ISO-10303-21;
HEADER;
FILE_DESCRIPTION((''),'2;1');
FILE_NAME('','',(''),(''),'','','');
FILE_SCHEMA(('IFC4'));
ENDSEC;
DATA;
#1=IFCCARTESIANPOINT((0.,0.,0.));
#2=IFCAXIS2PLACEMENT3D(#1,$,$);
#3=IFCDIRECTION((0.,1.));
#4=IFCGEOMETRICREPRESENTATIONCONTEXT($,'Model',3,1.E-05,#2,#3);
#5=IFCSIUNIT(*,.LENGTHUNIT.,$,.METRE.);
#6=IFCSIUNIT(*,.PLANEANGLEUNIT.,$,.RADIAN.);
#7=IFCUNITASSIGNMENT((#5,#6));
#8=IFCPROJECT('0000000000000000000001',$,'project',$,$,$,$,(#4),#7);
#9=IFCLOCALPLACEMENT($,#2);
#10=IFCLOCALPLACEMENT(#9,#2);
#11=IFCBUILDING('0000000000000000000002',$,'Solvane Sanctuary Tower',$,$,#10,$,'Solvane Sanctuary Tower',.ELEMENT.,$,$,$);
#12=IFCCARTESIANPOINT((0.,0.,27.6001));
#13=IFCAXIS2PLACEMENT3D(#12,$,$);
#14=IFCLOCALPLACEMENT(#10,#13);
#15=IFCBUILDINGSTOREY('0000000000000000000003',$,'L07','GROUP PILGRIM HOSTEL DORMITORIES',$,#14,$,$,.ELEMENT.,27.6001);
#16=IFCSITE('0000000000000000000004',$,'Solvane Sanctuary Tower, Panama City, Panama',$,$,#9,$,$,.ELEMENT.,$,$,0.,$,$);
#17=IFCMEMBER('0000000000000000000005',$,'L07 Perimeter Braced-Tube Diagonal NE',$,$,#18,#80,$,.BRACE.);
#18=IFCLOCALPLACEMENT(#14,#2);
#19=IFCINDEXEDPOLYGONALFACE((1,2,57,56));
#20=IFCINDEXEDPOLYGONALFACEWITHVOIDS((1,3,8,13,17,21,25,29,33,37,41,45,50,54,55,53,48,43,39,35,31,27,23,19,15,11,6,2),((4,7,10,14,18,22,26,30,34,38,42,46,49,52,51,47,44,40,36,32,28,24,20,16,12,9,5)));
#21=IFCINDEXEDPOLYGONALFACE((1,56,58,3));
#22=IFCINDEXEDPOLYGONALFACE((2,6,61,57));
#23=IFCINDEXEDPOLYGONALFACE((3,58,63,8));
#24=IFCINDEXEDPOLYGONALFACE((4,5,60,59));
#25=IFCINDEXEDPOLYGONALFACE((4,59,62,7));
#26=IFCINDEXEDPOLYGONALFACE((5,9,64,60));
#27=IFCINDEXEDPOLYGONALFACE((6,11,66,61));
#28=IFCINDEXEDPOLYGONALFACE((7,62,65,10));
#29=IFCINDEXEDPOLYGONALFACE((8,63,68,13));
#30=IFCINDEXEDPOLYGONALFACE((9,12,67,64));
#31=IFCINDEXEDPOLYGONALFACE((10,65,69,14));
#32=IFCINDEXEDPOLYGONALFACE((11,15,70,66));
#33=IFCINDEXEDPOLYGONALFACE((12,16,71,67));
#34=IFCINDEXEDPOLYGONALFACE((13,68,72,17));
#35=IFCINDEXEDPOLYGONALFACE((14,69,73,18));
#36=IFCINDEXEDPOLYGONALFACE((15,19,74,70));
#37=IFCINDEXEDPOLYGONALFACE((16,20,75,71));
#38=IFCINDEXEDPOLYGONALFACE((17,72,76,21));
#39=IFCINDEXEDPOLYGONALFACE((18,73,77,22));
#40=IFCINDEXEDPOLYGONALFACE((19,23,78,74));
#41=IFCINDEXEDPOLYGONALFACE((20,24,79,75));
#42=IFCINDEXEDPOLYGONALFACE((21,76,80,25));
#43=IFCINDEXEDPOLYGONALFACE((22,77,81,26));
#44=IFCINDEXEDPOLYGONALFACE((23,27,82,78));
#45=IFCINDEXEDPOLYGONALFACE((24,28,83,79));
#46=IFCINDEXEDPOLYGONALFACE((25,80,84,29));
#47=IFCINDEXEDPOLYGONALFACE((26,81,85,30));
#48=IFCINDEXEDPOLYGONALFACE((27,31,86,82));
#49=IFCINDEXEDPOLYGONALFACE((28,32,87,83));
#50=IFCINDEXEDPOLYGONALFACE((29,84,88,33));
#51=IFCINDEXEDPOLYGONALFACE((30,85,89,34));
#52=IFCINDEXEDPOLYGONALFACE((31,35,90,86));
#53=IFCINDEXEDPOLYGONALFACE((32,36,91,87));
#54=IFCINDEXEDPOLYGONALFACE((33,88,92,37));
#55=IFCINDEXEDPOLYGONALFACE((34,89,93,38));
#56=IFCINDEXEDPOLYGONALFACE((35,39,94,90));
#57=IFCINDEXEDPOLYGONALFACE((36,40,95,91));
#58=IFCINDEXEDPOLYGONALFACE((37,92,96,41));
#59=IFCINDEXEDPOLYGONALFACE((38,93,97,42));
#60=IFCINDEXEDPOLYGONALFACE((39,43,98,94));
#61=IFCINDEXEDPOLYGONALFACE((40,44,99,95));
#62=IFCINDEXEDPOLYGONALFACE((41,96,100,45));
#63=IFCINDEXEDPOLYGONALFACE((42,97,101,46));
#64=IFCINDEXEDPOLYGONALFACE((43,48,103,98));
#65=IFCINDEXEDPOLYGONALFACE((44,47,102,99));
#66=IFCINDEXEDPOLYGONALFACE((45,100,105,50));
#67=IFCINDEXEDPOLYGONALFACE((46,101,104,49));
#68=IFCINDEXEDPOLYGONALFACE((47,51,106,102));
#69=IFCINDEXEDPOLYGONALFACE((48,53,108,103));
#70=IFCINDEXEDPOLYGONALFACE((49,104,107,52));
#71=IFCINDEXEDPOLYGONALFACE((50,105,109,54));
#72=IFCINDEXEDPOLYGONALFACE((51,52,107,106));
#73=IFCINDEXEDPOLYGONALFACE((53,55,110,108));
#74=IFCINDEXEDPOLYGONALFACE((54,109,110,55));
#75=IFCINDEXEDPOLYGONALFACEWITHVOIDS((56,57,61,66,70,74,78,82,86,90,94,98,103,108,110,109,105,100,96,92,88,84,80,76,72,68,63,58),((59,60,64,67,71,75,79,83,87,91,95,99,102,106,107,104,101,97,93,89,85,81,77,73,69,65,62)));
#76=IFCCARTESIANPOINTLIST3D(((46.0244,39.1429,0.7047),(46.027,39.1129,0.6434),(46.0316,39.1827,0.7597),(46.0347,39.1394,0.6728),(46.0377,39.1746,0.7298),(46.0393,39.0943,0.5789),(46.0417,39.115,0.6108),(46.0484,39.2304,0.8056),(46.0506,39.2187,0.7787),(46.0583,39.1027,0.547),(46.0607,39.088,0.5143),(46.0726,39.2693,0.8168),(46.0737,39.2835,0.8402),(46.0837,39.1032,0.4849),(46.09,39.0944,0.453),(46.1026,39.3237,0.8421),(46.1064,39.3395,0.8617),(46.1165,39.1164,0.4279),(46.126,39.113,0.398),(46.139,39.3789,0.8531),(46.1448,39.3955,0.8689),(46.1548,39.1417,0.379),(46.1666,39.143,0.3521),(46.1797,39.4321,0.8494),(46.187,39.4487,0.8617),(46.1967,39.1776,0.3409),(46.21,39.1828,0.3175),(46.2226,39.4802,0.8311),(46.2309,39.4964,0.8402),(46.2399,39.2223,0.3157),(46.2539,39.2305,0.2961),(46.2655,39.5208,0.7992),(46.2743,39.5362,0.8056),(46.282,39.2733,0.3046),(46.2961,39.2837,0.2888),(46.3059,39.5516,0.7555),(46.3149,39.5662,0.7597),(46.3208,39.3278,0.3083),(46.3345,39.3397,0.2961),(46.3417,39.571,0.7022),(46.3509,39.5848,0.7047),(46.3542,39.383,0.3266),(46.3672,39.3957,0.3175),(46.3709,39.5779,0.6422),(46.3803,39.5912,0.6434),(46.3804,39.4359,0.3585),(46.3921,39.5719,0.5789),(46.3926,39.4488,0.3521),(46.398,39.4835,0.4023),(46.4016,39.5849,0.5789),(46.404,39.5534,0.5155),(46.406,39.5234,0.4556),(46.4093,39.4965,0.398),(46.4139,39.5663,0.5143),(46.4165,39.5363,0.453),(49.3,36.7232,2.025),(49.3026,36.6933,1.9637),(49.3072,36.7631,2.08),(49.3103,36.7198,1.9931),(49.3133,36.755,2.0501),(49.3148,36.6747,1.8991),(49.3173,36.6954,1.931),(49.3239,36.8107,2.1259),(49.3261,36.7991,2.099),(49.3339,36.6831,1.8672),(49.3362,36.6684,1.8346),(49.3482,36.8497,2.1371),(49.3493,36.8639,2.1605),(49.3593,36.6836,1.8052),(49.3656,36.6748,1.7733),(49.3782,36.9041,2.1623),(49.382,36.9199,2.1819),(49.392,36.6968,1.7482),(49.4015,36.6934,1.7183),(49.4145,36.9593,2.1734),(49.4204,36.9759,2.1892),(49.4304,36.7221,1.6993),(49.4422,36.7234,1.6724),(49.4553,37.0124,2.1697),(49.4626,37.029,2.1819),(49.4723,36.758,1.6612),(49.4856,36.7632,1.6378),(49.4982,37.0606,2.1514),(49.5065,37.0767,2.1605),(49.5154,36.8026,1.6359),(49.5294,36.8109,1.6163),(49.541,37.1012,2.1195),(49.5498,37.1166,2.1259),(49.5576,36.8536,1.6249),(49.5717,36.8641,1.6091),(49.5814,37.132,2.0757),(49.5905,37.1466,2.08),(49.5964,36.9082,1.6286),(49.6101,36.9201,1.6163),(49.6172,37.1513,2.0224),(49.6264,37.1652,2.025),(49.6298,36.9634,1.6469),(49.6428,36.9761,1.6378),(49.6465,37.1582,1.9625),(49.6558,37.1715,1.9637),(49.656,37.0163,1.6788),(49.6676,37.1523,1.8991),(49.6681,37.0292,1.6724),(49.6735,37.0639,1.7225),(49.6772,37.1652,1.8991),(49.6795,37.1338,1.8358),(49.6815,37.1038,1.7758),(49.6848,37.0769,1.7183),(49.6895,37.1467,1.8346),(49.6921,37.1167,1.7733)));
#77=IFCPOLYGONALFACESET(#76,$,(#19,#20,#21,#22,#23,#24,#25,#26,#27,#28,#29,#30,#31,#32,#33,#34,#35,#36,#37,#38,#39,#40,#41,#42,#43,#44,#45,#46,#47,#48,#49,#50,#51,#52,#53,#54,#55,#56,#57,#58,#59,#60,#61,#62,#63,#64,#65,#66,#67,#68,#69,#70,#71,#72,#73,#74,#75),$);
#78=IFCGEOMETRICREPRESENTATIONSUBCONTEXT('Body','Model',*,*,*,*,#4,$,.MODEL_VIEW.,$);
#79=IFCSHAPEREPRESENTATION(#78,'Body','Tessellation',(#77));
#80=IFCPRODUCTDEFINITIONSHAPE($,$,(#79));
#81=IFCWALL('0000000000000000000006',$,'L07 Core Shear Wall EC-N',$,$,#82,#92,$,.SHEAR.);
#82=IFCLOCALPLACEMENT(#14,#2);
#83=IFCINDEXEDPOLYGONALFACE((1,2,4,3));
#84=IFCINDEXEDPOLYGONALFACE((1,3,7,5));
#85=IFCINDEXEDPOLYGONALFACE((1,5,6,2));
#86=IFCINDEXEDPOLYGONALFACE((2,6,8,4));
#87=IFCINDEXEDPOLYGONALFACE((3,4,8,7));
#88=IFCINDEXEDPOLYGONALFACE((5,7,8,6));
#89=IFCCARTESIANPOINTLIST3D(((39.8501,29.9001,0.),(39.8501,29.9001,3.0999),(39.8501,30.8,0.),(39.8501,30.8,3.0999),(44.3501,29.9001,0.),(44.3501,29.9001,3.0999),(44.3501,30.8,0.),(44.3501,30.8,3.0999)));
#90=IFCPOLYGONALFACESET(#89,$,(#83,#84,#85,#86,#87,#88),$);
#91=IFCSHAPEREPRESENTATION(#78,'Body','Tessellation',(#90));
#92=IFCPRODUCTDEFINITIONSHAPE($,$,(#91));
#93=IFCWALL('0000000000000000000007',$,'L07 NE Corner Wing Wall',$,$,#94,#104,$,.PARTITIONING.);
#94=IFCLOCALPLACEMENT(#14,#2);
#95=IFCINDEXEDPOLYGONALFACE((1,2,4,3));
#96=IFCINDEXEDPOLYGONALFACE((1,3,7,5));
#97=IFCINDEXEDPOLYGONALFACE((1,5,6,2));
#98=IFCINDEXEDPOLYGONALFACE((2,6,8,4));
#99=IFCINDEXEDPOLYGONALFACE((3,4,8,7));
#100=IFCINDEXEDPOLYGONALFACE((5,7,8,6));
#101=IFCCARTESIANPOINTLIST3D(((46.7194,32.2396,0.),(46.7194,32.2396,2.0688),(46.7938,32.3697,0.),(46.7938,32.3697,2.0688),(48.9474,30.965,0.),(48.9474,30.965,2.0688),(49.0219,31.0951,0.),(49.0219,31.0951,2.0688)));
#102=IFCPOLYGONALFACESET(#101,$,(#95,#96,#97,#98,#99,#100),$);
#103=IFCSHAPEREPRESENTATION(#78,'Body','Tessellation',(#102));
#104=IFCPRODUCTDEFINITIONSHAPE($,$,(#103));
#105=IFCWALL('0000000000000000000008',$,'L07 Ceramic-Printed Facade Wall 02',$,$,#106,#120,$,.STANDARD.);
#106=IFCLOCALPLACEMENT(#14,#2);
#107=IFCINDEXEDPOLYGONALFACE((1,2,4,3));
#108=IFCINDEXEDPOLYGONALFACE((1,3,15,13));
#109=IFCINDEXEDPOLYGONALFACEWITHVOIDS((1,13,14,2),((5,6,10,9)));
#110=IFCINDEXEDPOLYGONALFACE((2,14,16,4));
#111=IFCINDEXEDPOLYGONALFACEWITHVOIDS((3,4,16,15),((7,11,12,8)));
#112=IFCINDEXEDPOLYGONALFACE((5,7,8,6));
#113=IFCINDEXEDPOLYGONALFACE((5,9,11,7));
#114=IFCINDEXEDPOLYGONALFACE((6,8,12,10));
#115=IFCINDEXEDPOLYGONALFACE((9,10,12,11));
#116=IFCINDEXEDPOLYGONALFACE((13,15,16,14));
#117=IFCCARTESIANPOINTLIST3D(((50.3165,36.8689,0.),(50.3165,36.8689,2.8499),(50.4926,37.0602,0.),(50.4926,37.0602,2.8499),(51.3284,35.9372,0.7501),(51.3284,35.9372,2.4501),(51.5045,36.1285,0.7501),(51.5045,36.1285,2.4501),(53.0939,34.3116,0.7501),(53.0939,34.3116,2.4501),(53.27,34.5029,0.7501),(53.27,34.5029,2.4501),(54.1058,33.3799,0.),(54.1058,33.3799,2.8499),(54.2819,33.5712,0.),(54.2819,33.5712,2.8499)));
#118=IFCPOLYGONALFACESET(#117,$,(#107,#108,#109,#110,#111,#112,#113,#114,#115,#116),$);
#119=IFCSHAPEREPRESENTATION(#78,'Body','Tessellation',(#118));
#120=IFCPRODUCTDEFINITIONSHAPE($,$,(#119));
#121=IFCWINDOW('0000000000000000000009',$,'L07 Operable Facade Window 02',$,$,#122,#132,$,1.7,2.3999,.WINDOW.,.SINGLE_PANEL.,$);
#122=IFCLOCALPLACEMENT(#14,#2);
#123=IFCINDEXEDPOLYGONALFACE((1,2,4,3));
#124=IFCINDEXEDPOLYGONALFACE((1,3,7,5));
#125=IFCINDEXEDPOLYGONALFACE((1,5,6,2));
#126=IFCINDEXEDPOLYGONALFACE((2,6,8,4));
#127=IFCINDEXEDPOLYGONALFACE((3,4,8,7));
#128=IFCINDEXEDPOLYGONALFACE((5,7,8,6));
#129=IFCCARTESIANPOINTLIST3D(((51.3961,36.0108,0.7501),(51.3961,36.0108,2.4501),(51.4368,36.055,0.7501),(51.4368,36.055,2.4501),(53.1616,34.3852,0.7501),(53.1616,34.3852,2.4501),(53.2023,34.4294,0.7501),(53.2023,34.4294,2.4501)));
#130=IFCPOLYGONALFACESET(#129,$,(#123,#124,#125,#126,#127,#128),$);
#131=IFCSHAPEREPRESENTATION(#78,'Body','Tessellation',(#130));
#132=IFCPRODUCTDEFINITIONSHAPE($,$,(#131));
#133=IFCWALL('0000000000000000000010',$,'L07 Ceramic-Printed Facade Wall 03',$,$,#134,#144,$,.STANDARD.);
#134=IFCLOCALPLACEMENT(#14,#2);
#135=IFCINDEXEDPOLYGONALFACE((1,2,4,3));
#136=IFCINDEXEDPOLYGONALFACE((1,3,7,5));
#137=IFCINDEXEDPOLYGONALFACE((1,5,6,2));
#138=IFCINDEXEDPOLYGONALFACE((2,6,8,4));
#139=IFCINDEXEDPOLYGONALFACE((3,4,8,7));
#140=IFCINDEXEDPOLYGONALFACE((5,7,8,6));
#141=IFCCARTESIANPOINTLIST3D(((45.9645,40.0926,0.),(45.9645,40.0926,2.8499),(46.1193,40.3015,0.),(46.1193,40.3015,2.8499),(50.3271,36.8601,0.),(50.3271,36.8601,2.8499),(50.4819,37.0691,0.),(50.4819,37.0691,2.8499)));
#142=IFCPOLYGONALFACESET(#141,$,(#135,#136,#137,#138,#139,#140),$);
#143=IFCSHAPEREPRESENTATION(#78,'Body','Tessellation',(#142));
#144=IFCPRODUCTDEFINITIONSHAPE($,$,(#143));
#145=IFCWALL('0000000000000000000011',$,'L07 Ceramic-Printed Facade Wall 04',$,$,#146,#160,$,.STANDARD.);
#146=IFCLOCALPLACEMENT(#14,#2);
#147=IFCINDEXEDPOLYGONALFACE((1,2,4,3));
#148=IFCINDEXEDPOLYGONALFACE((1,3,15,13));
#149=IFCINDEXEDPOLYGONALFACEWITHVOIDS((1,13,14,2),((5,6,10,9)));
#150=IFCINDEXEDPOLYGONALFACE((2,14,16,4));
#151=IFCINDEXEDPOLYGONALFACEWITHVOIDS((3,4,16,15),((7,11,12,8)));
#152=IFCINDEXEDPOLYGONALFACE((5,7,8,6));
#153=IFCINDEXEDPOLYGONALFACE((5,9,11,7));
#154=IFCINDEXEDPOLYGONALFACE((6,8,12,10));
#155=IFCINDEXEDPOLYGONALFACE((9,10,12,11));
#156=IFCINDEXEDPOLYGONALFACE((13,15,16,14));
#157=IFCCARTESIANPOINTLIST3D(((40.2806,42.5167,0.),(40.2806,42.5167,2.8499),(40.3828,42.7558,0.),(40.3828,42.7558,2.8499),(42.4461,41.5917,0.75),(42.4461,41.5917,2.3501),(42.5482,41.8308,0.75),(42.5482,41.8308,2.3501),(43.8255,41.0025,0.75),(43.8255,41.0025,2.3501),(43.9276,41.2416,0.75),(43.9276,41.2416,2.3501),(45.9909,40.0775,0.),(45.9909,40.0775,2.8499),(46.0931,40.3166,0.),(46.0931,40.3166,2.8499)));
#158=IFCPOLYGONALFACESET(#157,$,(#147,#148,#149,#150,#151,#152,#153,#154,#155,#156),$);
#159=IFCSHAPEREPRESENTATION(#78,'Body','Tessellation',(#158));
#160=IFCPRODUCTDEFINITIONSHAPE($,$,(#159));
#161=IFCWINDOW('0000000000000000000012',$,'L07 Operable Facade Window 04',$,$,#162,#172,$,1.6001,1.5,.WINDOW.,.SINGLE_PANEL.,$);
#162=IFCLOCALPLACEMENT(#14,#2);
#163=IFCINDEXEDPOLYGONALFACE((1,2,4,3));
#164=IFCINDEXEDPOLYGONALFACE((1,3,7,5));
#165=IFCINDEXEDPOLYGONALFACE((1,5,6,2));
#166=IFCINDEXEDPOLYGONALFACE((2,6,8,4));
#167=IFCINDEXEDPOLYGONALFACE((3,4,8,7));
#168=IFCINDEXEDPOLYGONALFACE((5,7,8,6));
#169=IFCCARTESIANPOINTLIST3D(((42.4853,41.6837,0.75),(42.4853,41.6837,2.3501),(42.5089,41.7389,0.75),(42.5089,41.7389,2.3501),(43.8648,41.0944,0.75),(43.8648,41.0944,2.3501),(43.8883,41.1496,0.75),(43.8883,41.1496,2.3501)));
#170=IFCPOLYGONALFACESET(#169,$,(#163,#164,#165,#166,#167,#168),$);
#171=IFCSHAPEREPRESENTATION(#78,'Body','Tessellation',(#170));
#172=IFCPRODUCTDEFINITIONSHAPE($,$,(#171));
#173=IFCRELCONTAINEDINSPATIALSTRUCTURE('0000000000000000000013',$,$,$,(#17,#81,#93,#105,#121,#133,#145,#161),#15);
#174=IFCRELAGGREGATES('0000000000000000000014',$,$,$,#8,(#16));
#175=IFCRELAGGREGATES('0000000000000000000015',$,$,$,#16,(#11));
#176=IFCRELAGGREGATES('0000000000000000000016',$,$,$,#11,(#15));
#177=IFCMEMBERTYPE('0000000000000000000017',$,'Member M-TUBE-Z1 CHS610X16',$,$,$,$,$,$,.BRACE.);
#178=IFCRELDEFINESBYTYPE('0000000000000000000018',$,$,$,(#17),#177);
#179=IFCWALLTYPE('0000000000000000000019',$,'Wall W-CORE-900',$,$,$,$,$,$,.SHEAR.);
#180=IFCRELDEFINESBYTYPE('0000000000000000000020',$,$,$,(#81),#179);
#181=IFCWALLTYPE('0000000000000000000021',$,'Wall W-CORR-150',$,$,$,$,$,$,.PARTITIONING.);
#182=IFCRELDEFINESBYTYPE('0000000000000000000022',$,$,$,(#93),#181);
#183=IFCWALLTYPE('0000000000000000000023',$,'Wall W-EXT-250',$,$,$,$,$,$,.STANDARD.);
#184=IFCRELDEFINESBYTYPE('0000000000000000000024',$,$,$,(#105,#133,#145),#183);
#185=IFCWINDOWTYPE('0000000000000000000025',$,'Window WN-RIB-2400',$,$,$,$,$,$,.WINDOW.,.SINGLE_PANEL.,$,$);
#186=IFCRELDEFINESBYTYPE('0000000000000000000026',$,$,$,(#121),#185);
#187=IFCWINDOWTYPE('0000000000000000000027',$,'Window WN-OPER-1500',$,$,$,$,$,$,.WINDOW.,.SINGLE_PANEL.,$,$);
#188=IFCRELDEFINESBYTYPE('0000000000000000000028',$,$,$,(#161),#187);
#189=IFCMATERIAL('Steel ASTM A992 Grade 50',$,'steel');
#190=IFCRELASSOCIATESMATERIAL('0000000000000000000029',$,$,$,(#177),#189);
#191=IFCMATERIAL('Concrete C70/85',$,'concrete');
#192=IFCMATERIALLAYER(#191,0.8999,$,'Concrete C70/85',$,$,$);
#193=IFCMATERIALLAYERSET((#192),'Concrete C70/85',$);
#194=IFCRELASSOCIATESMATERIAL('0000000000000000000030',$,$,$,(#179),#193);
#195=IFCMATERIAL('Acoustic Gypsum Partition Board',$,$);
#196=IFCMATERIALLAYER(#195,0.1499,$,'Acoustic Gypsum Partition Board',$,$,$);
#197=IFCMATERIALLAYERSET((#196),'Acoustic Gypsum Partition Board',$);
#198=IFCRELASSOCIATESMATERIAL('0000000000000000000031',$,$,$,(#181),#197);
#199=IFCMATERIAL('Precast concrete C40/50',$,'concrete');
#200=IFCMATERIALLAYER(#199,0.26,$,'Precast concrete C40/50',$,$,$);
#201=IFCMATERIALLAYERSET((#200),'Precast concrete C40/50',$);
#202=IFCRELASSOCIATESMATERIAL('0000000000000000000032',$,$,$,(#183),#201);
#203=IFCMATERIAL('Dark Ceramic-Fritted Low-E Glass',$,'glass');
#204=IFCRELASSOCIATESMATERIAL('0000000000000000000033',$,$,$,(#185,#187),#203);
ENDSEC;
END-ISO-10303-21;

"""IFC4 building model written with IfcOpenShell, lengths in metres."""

from ifc_helpers import new_model, si_unit, direction, frame, frame_2d, origin, origin_2d, place, context, subcontext, project, spatial, rectangle, hollow_circle, extrude, material, layer, layer_set, material_profile, profile_set, type_object, element, fill, save


model = new_model("IFC4")

# Units and contexts
model_context = context("Model", 3, precision=1e-05, world=origin(), true_north=direction((0.0, 1.0)))
body_context = subcontext(model_context, "Body", "Model", "MODEL_VIEW")
ifc_project = project(units=[si_unit("LENGTHUNIT", "METRE"), si_unit("PLANEANGLEUNIT", "RADIAN")], contexts=[model_context])

# Site, building, storey
site_placement = place(None, origin())
site = spatial("IfcSite", under=ifc_project, at=site_placement, Name="Solvane Sanctuary Tower, Panama City, Panama", CompositionType="ELEMENT", RefElevation=0.0)
building_placement = place(site_placement, origin())
building = spatial("IfcBuilding", under=site, at=building_placement, Name="Solvane Sanctuary Tower", LongName="Solvane Sanctuary Tower", CompositionType="ELEMENT")
storey_placement = place(building_placement, frame((0.0, 0.0, 27.6001)))
storey = spatial("IfcBuildingStorey", under=building, at=storey_placement, Name="L07", Description="GROUP PILGRIM HOSTEL DORMITORIES", CompositionType="ELEMENT", Elevation=27.6001)

# Shared definitions
ifc_material_1 = material(Name="Concrete C70/85", Category="concrete")

# Shared definitions
ifc_material_2 = material(Name="Steel ASTM A992 Grade 50", Category="steel")

# Member
ifc_material_profile_1 = material_profile(ifc_material_2, hollow_circle(Radius=0.3049, WallThickness=0.0161, at=origin_2d()), Name="CHS610X16")
ifc_profile_set_1 = profile_set([ifc_material_profile_1], Name="Steel ASTM A992 Grade 50")
member_type = type_object("IfcMemberType", Name="Member M-TUBE-Z1 CHS610X16", PredefinedType="BRACE", material=ifc_profile_set_1)
member_placement = place(storey_placement, frame((46.2205, 39.3396, 0.5789), z_axis=(0.765138, -0.5652, 0.308405), x_axis=(0.594162, 0.804346, 0.0)))
element("IfcMember", 1, at=member_placement, inside=storey, type_object=member_type, Name="L07 Perimeter Braced-Tube Diagonal NE", PredefinedType="BRACE", context=body_context, shape_type="SweptSolid", body=[
    extrude(hollow_circle(Radius=0.3049, WallThickness=0.0161, at=origin_2d()), origin(), (0.0, 0.0, 1.0), 4.281),
])

# Walls
ifc_layer_1 = layer(ifc_material_1, 0.8999, Name="Concrete C70/85")
ifc_layer_set_1 = layer_set([ifc_layer_1], Name="Concrete C70/85")
wall_type_1 = type_object("IfcWallType", Name="Wall W-CORE-900", PredefinedType="SHEAR", material=ifc_layer_set_1)
wall_1_placement = place(storey_placement, frame((39.8501, 30.3501, 0.0), z_axis=(0.0, 0.0, 1.0), x_axis=(1.0, 0.0, 0.0)))
element("IfcWall", 2, at=wall_1_placement, inside=storey, type_object=wall_type_1, Name="L07 Core Shear Wall EC-N", PredefinedType="SHEAR", context=body_context, shape_type="SweptSolid", body=[
    extrude(rectangle(XDim=4.5, YDim=0.8999, at=frame_2d((2.25, 0.0))), origin(), (0.0, 0.0, 1.0), 3.0999),
])
ifc_material_3 = material(Name="Acoustic Gypsum Partition Board")
ifc_layer_2 = layer(ifc_material_3, 0.1499, Name="Acoustic Gypsum Partition Board")
ifc_layer_set_2 = layer_set([ifc_layer_2], Name="Acoustic Gypsum Partition Board")
wall_type_2 = type_object("IfcWallType", Name="Wall W-CORR-150", PredefinedType="PARTITIONING", material=ifc_layer_set_2)
wall_2_placement = place(storey_placement, frame((46.7566, 32.3047, 0.0), z_axis=(0.0, 0.0, 1.0), x_axis=(0.867991, -0.496579, 0.0)))
element("IfcWall", 3, at=wall_2_placement, inside=storey, type_object=wall_type_2, Name="L07 NE Corner Wing Wall", PredefinedType="PARTITIONING", context=body_context, shape_type="SweptSolid", body=[
    extrude(rectangle(XDim=2.5669, YDim=0.1499, at=frame_2d((1.2834, 0.0))), origin(), (0.0, 0.0, 1.0), 2.0688),
])

# Wall, opening, window
ifc_material_4 = material(Name="Precast concrete C40/50", Category="concrete")
ifc_layer_3 = layer(ifc_material_4, 0.26, Name="Precast concrete C40/50")
ifc_layer_set_3 = layer_set([ifc_layer_3], Name="Precast concrete C40/50")
wall_type_3 = type_object("IfcWallType", Name="Wall W-EXT-250", PredefinedType="STANDARD", material=ifc_layer_set_3)
wall_3_placement = place(storey_placement, frame((54.1938, 33.4756, 0.0), z_axis=(0.0, 0.0, 1.0), x_axis=(-0.735655, 0.677356, 0.0)))
wall_3 = element("IfcWall", 4, at=wall_3_placement, inside=storey, type_object=wall_type_3, Name="L07 Ceramic-Printed Facade Wall 02", PredefinedType="STANDARD", context=body_context, shape_type="SweptSolid", body=[
    extrude(rectangle(XDim=5.1509, YDim=0.26, at=frame_2d((2.5754, 0.0))), origin(), (0.0, 0.0, 1.0), 2.8499),
])
opening_1_placement = place(wall_3_placement, frame((1.3755, 0.0, 0.75)))
opening_1 = element("IfcOpeningElement", 5, at=opening_1_placement, cuts=wall_3, PredefinedType="OPENING", context=body_context, shape_type="SweptSolid", body=[
    extrude(rectangle(XDim=2.3999, YDim=1.7, at=frame_2d((1.2, 0.8501))), frame((0.0, 0.1399, 0.0), z_axis=(0.0, -1.0, 0.0), x_axis=(1.0, 0.0, 0.0)), (0.0, 0.0, 1.0), 0.28),
])
ifc_material_5 = material(Name="Dark Ceramic-Fritted Low-E Glass", Category="glass")
window_type_1 = type_object("IfcWindowType", Name="Window WN-RIB-2400", PartitioningType="SINGLE_PANEL", PredefinedType="WINDOW", material=ifc_material_5)
window_1_placement = place(opening_1_placement, origin())
window_1 = element("IfcWindow", 6, at=window_1_placement, inside=storey, type_object=window_type_1, Name="L07 Operable Facade Window 02", OverallHeight=1.7, OverallWidth=2.3999, PartitioningType="SINGLE_PANEL", PredefinedType="WINDOW", context=body_context, shape_type="SweptSolid", body=[
    extrude(rectangle(XDim=2.3999, YDim=1.7, at=frame_2d((1.2, 0.8501))), frame((0.0, 0.03, 0.0), z_axis=(0.0, -1.0, 0.0), x_axis=(1.0, 0.0, 0.0)), (0.0, 0.0, 1.0), 0.0601),
])
fill(opening_1, window_1)

# Wall
wall_4_placement = place(storey_placement, frame((50.4045, 36.9646, 0.0), z_axis=(0.0, 0.0, 1.0), x_axis=(-0.803478, 0.595335, 0.0)))
element("IfcWall", 7, at=wall_4_placement, inside=storey, type_object=wall_type_3, Name="L07 Ceramic-Printed Facade Wall 03", PredefinedType="STANDARD", context=body_context, shape_type="SweptSolid", body=[
    extrude(rectangle(XDim=5.4297, YDim=0.26, at=frame_2d((2.7148, 0.0))), origin(), (0.0, 0.0, 1.0), 2.8499),
])

# Wall, opening, window
wall_5_placement = place(storey_placement, frame((46.042, 40.197, 0.0), z_axis=(0.0, 0.0, 1.0), x_axis=(-0.919612, 0.392828, 0.0)))
wall_5 = element("IfcWall", 8, at=wall_5_placement, inside=storey, type_object=wall_type_3, Name="L07 Ceramic-Printed Facade Wall 04", PredefinedType="STANDARD", context=body_context, shape_type="SweptSolid", body=[
    extrude(rectangle(XDim=6.2095, YDim=0.26, at=frame_2d((3.1047, 0.0))), origin(), (0.0, 0.0, 1.0), 2.8499),
])
opening_2_placement = place(wall_5_placement, frame((2.3547, 0.0, 0.75)))
opening_2 = element("IfcOpeningElement", 9, at=opening_2_placement, cuts=wall_5, PredefinedType="OPENING", context=body_context, shape_type="SweptSolid", body=[
    extrude(rectangle(XDim=1.5, YDim=1.6001, at=frame_2d((0.75, 0.8))), frame((0.0, 0.1399, 0.0), z_axis=(0.0, -1.0, 0.0), x_axis=(1.0, 0.0, 0.0)), (0.0, 0.0, 1.0), 0.28),
])
window_type_2 = type_object("IfcWindowType", Name="Window WN-OPER-1500", PartitioningType="SINGLE_PANEL", PredefinedType="WINDOW", material=ifc_material_5)
window_2_placement = place(opening_2_placement, origin())
window_2 = element("IfcWindow", 10, at=window_2_placement, inside=storey, type_object=window_type_2, Name="L07 Operable Facade Window 04", OverallHeight=1.6001, OverallWidth=1.5, PartitioningType="SINGLE_PANEL", PredefinedType="WINDOW", context=body_context, shape_type="SweptSolid", body=[
    extrude(rectangle(XDim=1.5, YDim=1.6001, at=frame_2d((0.75, 0.8))), frame((0.0, 0.03, 0.0), z_axis=(0.0, -1.0, 0.0), x_axis=(1.0, 0.0, 0.0)), (0.0, 0.0, 1.0), 0.0601),
])
fill(opening_2, window_2)

save(model, "model.ifc")
